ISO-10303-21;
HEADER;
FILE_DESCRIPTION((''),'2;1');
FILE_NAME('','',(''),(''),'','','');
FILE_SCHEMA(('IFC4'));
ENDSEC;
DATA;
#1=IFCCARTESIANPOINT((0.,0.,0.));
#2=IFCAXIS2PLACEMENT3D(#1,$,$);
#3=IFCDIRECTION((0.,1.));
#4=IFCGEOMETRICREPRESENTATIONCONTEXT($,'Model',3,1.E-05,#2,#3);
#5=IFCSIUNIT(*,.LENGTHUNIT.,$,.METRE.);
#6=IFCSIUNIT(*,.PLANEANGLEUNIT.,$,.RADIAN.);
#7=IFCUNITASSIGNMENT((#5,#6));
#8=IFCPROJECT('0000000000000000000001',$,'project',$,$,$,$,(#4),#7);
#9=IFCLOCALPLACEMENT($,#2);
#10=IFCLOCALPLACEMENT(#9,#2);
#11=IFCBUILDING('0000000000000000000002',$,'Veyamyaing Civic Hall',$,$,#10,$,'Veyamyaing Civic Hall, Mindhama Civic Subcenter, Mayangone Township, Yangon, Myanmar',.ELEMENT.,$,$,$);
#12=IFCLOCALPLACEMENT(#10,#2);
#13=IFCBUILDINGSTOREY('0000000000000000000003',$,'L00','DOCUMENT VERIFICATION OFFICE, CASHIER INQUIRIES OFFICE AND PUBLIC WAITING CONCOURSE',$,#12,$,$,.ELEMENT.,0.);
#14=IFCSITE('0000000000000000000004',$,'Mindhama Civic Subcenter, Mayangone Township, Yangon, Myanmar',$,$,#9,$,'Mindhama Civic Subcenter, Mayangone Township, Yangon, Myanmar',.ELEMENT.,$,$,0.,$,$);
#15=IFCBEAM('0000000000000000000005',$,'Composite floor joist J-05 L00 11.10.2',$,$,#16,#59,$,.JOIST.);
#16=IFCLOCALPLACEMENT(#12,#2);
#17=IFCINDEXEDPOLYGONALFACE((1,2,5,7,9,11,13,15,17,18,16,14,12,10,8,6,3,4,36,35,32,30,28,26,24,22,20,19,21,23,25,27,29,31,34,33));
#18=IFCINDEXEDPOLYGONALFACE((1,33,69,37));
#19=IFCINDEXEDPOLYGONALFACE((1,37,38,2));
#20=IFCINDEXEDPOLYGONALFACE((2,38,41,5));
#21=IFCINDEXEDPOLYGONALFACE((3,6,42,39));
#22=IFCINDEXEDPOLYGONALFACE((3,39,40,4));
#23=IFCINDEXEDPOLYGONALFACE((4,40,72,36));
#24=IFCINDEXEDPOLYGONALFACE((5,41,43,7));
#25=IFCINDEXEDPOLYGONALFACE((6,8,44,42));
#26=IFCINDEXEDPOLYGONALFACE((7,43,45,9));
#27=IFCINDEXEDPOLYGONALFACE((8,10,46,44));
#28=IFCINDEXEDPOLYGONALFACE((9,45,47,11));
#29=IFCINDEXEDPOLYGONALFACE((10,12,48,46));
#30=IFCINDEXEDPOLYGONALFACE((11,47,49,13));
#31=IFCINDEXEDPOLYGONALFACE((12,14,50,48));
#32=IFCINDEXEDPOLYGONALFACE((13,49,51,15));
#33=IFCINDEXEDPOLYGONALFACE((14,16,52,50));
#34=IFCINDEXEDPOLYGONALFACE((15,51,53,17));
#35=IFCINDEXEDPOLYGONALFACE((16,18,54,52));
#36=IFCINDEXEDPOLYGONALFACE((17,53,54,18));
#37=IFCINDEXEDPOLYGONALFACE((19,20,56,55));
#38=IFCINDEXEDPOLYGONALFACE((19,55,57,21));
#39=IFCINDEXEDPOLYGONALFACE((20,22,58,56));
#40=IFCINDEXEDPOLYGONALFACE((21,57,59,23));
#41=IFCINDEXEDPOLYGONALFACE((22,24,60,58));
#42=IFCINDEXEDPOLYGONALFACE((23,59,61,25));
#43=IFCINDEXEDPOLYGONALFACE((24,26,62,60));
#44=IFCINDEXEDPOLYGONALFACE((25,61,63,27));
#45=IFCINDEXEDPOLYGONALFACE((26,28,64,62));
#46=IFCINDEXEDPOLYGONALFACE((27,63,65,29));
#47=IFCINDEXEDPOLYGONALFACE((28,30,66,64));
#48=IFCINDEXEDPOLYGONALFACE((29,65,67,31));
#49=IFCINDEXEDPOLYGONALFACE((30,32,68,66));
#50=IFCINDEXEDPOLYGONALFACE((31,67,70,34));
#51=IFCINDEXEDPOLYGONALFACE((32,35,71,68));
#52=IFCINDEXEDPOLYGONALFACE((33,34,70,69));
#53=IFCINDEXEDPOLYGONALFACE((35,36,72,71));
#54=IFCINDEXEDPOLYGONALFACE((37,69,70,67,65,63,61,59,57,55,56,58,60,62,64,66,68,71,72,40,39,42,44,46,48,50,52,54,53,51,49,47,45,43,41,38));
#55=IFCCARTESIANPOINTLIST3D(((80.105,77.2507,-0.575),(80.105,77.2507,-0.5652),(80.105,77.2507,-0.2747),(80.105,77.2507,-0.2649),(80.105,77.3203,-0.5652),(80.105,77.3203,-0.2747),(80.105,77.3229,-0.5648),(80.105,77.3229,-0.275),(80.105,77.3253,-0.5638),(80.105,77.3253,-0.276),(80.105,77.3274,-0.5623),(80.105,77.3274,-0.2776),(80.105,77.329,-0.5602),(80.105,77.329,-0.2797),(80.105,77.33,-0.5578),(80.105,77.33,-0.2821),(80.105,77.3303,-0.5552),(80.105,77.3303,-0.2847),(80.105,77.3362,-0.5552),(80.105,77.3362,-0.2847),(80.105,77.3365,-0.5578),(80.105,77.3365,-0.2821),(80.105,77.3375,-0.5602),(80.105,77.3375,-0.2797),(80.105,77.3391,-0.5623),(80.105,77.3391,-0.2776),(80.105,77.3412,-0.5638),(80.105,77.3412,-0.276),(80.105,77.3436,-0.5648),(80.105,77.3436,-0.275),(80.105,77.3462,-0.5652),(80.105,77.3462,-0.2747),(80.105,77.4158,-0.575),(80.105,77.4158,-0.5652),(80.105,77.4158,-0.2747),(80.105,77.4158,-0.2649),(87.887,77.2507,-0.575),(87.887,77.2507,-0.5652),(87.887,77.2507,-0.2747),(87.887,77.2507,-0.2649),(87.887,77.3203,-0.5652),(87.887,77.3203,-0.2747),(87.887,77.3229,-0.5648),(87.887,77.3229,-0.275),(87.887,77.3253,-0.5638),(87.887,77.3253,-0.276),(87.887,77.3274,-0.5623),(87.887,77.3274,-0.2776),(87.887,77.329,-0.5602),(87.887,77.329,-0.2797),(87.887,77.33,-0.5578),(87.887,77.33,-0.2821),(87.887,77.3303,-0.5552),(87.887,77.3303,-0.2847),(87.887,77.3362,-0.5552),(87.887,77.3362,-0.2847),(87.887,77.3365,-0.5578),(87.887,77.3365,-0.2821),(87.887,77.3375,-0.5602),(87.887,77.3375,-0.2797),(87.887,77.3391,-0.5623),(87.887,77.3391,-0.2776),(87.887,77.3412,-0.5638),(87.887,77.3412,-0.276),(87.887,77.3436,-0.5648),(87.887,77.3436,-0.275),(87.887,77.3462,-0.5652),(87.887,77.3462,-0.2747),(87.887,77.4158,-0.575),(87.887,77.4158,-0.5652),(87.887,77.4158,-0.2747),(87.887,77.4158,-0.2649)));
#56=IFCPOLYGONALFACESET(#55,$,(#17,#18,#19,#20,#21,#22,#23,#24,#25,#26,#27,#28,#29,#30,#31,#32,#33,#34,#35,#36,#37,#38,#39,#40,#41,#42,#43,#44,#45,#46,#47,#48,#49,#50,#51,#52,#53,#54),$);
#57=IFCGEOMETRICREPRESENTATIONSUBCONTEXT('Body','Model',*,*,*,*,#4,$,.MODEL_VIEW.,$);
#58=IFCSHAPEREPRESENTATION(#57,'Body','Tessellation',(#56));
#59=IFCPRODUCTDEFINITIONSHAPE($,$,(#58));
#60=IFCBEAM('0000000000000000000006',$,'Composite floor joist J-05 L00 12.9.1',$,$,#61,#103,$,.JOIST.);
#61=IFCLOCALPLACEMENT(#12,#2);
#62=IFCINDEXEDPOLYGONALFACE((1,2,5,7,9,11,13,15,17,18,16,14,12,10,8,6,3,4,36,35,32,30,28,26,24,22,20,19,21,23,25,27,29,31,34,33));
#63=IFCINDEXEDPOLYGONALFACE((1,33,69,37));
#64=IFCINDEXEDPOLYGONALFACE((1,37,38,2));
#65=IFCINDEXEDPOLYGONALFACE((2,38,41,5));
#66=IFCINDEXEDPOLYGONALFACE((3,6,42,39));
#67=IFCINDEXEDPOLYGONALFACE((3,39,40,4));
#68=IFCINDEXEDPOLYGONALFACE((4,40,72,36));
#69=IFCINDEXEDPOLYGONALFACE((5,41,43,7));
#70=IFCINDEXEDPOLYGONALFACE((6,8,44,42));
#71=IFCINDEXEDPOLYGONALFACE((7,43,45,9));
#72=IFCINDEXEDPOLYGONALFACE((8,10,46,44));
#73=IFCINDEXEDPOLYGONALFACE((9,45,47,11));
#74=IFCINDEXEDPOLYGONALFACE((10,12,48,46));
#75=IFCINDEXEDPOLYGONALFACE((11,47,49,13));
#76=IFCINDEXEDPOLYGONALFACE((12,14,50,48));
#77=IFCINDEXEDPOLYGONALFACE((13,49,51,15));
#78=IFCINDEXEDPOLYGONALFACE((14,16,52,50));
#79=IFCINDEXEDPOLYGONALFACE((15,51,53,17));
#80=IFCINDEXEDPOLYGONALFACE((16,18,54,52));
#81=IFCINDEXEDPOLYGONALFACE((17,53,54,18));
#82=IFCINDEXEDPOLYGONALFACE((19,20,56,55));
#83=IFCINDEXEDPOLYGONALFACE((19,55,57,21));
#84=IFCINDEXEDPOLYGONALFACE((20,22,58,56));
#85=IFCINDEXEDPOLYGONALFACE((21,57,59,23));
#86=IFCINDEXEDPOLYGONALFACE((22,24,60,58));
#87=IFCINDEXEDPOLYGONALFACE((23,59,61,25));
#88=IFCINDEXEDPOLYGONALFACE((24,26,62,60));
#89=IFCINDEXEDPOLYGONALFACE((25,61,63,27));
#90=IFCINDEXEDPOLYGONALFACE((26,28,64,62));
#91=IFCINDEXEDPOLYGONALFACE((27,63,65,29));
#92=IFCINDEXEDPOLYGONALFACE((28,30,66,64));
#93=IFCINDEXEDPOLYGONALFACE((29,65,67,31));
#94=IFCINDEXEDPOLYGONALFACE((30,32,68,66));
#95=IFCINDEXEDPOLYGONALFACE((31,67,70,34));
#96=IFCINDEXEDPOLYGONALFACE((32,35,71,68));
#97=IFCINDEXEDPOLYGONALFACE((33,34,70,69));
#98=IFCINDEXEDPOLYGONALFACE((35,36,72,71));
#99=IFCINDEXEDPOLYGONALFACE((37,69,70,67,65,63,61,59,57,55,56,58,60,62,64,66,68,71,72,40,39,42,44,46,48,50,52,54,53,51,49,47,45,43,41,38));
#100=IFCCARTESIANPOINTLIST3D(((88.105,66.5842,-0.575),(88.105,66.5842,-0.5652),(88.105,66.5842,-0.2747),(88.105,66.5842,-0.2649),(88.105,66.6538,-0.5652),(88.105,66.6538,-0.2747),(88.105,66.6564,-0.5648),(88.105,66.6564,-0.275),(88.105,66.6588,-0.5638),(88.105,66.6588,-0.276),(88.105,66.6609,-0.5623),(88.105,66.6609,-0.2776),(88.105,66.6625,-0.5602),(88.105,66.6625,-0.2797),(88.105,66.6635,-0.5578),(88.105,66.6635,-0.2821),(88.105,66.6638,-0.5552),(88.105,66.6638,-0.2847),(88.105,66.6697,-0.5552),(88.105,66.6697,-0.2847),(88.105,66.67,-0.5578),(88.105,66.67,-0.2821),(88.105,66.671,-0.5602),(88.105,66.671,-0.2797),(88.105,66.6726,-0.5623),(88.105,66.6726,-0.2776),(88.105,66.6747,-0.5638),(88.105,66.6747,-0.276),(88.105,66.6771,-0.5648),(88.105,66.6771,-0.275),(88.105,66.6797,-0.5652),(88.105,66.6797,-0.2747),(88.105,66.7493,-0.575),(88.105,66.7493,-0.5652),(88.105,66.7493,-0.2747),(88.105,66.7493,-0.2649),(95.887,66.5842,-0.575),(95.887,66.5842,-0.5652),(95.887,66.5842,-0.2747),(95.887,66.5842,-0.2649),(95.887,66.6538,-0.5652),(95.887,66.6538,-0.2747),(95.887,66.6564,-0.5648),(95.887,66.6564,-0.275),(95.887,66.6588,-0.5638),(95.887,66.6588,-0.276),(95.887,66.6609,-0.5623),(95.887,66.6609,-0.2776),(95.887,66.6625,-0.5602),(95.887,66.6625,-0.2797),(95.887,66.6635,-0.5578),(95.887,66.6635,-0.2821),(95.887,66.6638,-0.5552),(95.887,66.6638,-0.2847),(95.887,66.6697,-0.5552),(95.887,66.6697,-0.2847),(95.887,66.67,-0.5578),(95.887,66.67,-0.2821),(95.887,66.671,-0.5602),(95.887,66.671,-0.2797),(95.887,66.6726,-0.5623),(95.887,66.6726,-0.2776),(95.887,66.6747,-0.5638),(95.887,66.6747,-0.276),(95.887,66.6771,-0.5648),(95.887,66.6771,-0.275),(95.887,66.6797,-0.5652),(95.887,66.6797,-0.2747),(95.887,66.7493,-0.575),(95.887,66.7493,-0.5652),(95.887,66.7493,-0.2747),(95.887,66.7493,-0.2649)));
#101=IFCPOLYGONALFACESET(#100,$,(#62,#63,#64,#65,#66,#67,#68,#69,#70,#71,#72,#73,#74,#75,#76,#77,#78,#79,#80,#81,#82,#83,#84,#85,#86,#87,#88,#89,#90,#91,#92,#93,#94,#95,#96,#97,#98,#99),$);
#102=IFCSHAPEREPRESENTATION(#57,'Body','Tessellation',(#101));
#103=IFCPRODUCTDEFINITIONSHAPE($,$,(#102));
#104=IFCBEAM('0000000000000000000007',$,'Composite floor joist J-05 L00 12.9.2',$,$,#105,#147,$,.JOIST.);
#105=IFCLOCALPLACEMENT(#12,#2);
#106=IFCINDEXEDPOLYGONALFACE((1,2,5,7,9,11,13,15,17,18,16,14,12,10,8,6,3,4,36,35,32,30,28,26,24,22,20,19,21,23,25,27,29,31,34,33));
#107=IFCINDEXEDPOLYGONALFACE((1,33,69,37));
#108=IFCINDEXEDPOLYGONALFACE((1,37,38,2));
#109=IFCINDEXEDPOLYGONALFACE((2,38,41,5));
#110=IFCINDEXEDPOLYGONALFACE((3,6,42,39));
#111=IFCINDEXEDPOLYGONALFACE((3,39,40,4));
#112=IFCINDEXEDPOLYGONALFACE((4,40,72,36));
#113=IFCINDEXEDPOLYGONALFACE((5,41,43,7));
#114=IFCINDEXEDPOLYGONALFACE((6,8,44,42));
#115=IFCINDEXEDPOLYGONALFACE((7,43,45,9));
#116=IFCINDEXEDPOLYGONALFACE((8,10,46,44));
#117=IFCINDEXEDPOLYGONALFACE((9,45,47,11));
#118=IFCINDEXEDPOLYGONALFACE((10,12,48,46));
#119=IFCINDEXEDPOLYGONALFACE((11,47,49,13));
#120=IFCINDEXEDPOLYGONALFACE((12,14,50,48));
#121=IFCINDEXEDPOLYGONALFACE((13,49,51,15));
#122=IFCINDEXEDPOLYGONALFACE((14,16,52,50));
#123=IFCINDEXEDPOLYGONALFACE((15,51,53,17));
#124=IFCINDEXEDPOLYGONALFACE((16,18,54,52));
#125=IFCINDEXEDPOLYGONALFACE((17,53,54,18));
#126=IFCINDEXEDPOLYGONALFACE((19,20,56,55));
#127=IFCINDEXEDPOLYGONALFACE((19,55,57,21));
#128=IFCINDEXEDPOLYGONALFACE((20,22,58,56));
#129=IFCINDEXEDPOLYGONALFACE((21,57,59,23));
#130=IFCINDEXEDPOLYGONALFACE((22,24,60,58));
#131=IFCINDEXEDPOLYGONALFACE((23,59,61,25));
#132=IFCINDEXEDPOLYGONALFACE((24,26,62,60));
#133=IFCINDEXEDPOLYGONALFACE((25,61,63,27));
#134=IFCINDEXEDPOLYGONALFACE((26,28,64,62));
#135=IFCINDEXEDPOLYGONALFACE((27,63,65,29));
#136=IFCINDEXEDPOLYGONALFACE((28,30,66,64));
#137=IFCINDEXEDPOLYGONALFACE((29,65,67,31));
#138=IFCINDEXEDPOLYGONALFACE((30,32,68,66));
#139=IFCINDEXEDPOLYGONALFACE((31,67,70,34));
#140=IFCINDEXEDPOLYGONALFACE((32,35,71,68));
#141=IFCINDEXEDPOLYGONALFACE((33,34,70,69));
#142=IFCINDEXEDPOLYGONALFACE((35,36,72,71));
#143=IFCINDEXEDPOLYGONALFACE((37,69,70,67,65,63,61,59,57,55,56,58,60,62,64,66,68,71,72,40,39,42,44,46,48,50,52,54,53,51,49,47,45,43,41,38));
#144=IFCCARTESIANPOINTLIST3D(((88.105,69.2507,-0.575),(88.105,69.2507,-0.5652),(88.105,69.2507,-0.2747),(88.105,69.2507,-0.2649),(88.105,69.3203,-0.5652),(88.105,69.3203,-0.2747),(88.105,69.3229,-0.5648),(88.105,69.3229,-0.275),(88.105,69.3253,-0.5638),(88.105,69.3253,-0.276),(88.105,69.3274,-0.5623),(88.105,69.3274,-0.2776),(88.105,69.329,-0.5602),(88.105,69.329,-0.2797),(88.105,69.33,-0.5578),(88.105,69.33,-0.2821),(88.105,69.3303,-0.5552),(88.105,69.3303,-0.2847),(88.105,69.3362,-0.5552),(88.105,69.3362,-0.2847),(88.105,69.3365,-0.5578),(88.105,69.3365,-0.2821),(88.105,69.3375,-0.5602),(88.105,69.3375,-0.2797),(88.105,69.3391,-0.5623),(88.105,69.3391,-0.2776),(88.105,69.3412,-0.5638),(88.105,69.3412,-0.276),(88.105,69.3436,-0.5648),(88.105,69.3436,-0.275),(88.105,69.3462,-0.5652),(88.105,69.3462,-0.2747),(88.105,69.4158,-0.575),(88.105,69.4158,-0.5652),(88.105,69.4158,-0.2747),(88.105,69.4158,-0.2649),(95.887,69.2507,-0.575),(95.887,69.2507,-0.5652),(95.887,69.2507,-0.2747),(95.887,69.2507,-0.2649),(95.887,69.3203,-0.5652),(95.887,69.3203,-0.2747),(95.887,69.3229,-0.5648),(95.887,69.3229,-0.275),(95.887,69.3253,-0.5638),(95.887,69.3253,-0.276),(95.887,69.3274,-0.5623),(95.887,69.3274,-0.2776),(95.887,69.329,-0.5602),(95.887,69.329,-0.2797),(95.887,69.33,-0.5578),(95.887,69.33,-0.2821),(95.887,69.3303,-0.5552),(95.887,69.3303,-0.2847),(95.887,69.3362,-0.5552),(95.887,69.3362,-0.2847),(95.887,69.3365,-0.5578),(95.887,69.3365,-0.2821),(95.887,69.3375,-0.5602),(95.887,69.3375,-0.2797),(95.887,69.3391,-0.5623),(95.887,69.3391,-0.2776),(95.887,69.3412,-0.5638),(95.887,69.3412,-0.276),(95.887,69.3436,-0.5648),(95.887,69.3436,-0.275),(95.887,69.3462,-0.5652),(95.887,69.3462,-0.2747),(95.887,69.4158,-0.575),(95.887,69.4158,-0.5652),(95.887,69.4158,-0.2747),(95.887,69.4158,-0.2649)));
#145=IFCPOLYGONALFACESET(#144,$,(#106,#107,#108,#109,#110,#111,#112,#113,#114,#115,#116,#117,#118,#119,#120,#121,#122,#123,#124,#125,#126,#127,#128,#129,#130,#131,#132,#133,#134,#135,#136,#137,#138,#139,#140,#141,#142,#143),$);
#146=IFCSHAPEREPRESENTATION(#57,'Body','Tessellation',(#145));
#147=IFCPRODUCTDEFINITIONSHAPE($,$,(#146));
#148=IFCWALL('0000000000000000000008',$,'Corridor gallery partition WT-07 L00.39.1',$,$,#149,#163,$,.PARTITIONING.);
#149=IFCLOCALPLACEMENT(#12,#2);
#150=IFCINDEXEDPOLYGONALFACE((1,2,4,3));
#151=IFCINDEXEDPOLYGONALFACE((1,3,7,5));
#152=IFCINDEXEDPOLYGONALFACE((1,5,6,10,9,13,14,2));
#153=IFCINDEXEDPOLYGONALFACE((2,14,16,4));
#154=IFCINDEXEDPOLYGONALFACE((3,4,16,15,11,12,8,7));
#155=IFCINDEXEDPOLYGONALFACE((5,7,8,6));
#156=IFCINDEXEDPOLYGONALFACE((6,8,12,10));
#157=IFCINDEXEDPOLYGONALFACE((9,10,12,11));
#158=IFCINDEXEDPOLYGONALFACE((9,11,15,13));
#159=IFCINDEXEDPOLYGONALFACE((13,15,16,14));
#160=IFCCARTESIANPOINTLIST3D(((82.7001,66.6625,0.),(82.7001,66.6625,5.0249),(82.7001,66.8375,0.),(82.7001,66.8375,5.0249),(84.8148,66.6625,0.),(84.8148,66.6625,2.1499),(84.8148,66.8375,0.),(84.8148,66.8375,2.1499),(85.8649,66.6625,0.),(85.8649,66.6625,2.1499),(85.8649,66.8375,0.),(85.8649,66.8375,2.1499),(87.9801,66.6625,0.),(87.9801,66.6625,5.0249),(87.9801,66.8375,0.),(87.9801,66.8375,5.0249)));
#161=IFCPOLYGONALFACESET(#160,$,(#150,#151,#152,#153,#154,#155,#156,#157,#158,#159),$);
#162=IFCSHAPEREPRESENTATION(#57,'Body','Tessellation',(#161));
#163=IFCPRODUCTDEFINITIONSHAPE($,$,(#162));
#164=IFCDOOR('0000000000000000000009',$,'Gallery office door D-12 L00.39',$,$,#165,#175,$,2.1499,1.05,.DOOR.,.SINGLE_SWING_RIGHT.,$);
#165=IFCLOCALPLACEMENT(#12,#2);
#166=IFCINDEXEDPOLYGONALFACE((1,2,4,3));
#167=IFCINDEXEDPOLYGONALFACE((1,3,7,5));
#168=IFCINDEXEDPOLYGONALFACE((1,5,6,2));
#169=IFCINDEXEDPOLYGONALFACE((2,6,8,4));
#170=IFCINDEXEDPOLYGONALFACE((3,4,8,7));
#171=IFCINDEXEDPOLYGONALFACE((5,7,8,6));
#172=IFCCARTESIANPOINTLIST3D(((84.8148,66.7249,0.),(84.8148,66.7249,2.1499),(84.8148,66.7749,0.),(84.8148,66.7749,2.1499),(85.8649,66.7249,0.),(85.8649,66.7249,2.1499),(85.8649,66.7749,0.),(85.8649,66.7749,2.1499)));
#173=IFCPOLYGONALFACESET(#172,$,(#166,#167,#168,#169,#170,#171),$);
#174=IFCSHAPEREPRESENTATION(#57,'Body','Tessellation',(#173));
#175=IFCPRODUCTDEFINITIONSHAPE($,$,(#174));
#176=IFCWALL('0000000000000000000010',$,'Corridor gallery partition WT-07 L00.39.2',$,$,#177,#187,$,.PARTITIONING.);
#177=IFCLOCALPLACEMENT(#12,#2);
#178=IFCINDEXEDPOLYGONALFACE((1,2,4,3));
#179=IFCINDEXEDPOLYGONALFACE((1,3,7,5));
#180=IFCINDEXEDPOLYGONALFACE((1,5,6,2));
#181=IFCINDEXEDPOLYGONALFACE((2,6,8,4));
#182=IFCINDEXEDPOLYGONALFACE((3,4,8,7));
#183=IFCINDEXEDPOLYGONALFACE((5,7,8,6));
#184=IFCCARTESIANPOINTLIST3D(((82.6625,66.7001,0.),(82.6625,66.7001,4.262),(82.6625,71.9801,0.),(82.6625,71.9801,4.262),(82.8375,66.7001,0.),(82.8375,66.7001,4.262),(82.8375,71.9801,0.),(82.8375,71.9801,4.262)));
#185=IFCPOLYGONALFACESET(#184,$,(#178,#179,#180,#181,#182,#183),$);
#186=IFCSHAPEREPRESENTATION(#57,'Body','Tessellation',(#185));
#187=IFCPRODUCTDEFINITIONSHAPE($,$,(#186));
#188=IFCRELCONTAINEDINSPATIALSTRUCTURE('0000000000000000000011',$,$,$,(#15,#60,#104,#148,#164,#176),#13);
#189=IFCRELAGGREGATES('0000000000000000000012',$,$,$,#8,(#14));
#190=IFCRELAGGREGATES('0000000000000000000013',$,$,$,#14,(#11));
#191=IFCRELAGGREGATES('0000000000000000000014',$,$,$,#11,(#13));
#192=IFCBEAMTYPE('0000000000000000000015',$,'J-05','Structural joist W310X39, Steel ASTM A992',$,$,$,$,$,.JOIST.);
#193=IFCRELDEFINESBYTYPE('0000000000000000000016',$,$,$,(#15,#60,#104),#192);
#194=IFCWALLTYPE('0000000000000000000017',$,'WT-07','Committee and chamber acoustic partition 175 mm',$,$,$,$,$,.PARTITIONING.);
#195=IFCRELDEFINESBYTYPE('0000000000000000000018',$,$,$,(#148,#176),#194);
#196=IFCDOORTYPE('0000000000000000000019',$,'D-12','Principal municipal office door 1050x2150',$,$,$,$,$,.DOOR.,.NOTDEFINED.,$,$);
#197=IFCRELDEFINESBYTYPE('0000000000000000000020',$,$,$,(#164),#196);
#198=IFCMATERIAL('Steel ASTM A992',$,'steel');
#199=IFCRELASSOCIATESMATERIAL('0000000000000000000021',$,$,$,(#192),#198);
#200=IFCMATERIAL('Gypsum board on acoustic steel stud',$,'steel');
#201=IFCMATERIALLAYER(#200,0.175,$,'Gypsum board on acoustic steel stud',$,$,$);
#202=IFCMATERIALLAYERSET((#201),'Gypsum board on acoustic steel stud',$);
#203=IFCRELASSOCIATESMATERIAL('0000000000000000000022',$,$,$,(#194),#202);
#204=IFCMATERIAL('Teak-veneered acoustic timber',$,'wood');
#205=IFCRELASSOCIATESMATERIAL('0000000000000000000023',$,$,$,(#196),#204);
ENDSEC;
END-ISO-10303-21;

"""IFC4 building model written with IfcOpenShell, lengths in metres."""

from ifc_helpers import new_model, si_unit, direction, frame, frame_2d, origin, origin_2d, place, context, subcontext, project, spatial, rectangle, i_section, extrude, material, layer, layer_set, material_profile, profile_set, type_object, element, fill, save


model = new_model("IFC4")

# Units and contexts
model_context = context("Model", 3, precision=1e-05, world=origin(), true_north=direction((0.0, 1.0)))
body_context = subcontext(model_context, "Body", "Model", "MODEL_VIEW")
ifc_project = project(units=[si_unit("LENGTHUNIT", "METRE"), si_unit("PLANEANGLEUNIT", "RADIAN")], contexts=[model_context])

# Site, building, storey
site_placement = place(None, origin())
site = spatial("IfcSite", under=ifc_project, at=site_placement, Name="Mindhama Civic Subcenter, Mayangone Township, Yangon, Myanmar", LongName="Mindhama Civic Subcenter, Mayangone Township, Yangon, Myanmar", CompositionType="ELEMENT", RefElevation=0.0)
building_placement = place(site_placement, origin())
building = spatial("IfcBuilding", under=site, at=building_placement, Name="Veyamyaing Civic Hall", LongName="Veyamyaing Civic Hall, Mindhama Civic Subcenter, Mayangone Township, Yangon, Myanmar", CompositionType="ELEMENT")
storey_placement = place(building_placement, origin())
storey = spatial("IfcBuildingStorey", under=building, at=storey_placement, Name="L00", Description="DOCUMENT VERIFICATION OFFICE, CASHIER INQUIRIES OFFICE AND PUBLIC WAITING CONCOURSE", CompositionType="ELEMENT", Elevation=0.0)

# Beams
ifc_material_1 = material(Name="Steel ASTM A992", Category="steel")
ifc_material_profile_1 = material_profile(ifc_material_1, i_section(OverallWidth=0.165, OverallDepth=0.3101, WebThickness=0.0059, FlangeThickness=0.0098, FilletRadius=0.01, at=origin_2d()), Name="W310X39")
ifc_profile_set_1 = profile_set([ifc_material_profile_1], Name="Steel ASTM A992")
beam_type_1 = type_object("IfcBeamType", Name="J-05", Description="Structural joist W310X39, Steel ASTM A992", PredefinedType="JOIST", material=ifc_profile_set_1)
for number, where, z_axis, x_axis, name in (
    (1, (80.105, 77.3333, -0.4199), (1.0, 0.0, 0.0), (0.0, 1.0, 0.0), "Composite floor joist J-05 L00 11.10.2"),
    (2, (88.105, 66.6667, -0.4199), (1.0, 0.0, 0.0), (0.0, 1.0, 0.0), "Composite floor joist J-05 L00 12.9.1"),
    (3, (88.105, 69.3333, -0.4199), (1.0, 0.0, 0.0), (0.0, 1.0, 0.0), "Composite floor joist J-05 L00 12.9.2"),
):
    element("IfcBeam", number, at=place(storey_placement, frame(where, z_axis=z_axis, x_axis=x_axis)), inside=storey, type_object=beam_type_1, Name=name, PredefinedType="JOIST", context=body_context, shape_type="SweptSolid", body=[
        extrude(i_section(OverallWidth=0.165, OverallDepth=0.3101, WebThickness=0.0059, FlangeThickness=0.0098, FilletRadius=0.01, at=origin_2d()), origin(), (0.0, 0.0, 1.0), 7.782),
    ])

# Wall, opening, door
ifc_material_2 = material(Name="Gypsum board on acoustic steel stud", Category="steel")
ifc_layer_1 = layer(ifc_material_2, 0.175, Name="Gypsum board on acoustic steel stud")
ifc_layer_set_1 = layer_set([ifc_layer_1], Name="Gypsum board on acoustic steel stud")
wall_type_1 = type_object("IfcWallType", Name="WT-07", Description="Committee and chamber acoustic partition 175 mm", PredefinedType="PARTITIONING", material=ifc_layer_set_1)
wall_1_placement = place(storey_placement, frame((82.7, 66.75, 0.0), z_axis=(0.0, 0.0, 1.0), x_axis=(1.0, 0.0, 0.0)))
wall_1 = element("IfcWall", 4, at=wall_1_placement, inside=storey, type_object=wall_type_1, Name="Corridor gallery partition WT-07 L00.39.1", PredefinedType="PARTITIONING", context=body_context, shape_type="SweptSolid", body=[
    extrude(rectangle(XDim=5.28, YDim=0.175, at=frame_2d((2.6401, 0.0))), origin(), (0.0, 0.0, 1.0), 5.0249),
])
opening_1_placement = place(wall_1_placement, frame((2.115, 0.0, 0.0)))
opening_1 = element("IfcOpeningElement", 5, at=opening_1_placement, cuts=wall_1, PredefinedType="OPENING", context=body_context, shape_type="SweptSolid", body=[
    extrude(rectangle(XDim=1.05, YDim=2.1499, at=frame_2d((0.5249, 1.075))), frame((0.0, 0.0974, 0.0), z_axis=(0.0, -1.0, 0.0), x_axis=(1.0, 0.0, 0.0)), (0.0, 0.0, 1.0), 0.1951),
])
ifc_material_3 = material(Name="Teak-veneered acoustic timber", Category="wood")
door_type_1 = type_object("IfcDoorType", Name="D-12", Description="Principal municipal office door 1050x2150", OperationType="NOTDEFINED", PredefinedType="DOOR", material=ifc_material_3)
door_1_placement = place(opening_1_placement, origin())
door_1 = element("IfcDoor", 6, at=door_1_placement, inside=storey, type_object=door_type_1, Name="Gallery office door D-12 L00.39", OperationType="SINGLE_SWING_RIGHT", OverallHeight=2.1499, OverallWidth=1.05, PredefinedType="DOOR", context=body_context, shape_type="SweptSolid", body=[
    extrude(rectangle(XDim=1.05, YDim=2.1499, at=frame_2d((0.5249, 1.075))), frame((0.0, 0.0249, 0.0), z_axis=(0.0, -1.0, 0.0), x_axis=(1.0, 0.0, 0.0)), (0.0, 0.0, 1.0), 0.05),
])
fill(opening_1, door_1)

# Wall
wall_2_placement = place(storey_placement, frame((82.75, 66.7, 0.0), z_axis=(0.0, 0.0, 1.0), x_axis=(0.0, 1.0, 0.0)))
element("IfcWall", 7, at=wall_2_placement, inside=storey, type_object=wall_type_1, Name="Corridor gallery partition WT-07 L00.39.2", PredefinedType="PARTITIONING", context=body_context, shape_type="SweptSolid", body=[
    extrude(rectangle(XDim=5.28, YDim=0.175, at=frame_2d((2.6401, 0.0))), origin(), (0.0, 0.0, 1.0), 4.262),
])

save(model, "model.ifc")
